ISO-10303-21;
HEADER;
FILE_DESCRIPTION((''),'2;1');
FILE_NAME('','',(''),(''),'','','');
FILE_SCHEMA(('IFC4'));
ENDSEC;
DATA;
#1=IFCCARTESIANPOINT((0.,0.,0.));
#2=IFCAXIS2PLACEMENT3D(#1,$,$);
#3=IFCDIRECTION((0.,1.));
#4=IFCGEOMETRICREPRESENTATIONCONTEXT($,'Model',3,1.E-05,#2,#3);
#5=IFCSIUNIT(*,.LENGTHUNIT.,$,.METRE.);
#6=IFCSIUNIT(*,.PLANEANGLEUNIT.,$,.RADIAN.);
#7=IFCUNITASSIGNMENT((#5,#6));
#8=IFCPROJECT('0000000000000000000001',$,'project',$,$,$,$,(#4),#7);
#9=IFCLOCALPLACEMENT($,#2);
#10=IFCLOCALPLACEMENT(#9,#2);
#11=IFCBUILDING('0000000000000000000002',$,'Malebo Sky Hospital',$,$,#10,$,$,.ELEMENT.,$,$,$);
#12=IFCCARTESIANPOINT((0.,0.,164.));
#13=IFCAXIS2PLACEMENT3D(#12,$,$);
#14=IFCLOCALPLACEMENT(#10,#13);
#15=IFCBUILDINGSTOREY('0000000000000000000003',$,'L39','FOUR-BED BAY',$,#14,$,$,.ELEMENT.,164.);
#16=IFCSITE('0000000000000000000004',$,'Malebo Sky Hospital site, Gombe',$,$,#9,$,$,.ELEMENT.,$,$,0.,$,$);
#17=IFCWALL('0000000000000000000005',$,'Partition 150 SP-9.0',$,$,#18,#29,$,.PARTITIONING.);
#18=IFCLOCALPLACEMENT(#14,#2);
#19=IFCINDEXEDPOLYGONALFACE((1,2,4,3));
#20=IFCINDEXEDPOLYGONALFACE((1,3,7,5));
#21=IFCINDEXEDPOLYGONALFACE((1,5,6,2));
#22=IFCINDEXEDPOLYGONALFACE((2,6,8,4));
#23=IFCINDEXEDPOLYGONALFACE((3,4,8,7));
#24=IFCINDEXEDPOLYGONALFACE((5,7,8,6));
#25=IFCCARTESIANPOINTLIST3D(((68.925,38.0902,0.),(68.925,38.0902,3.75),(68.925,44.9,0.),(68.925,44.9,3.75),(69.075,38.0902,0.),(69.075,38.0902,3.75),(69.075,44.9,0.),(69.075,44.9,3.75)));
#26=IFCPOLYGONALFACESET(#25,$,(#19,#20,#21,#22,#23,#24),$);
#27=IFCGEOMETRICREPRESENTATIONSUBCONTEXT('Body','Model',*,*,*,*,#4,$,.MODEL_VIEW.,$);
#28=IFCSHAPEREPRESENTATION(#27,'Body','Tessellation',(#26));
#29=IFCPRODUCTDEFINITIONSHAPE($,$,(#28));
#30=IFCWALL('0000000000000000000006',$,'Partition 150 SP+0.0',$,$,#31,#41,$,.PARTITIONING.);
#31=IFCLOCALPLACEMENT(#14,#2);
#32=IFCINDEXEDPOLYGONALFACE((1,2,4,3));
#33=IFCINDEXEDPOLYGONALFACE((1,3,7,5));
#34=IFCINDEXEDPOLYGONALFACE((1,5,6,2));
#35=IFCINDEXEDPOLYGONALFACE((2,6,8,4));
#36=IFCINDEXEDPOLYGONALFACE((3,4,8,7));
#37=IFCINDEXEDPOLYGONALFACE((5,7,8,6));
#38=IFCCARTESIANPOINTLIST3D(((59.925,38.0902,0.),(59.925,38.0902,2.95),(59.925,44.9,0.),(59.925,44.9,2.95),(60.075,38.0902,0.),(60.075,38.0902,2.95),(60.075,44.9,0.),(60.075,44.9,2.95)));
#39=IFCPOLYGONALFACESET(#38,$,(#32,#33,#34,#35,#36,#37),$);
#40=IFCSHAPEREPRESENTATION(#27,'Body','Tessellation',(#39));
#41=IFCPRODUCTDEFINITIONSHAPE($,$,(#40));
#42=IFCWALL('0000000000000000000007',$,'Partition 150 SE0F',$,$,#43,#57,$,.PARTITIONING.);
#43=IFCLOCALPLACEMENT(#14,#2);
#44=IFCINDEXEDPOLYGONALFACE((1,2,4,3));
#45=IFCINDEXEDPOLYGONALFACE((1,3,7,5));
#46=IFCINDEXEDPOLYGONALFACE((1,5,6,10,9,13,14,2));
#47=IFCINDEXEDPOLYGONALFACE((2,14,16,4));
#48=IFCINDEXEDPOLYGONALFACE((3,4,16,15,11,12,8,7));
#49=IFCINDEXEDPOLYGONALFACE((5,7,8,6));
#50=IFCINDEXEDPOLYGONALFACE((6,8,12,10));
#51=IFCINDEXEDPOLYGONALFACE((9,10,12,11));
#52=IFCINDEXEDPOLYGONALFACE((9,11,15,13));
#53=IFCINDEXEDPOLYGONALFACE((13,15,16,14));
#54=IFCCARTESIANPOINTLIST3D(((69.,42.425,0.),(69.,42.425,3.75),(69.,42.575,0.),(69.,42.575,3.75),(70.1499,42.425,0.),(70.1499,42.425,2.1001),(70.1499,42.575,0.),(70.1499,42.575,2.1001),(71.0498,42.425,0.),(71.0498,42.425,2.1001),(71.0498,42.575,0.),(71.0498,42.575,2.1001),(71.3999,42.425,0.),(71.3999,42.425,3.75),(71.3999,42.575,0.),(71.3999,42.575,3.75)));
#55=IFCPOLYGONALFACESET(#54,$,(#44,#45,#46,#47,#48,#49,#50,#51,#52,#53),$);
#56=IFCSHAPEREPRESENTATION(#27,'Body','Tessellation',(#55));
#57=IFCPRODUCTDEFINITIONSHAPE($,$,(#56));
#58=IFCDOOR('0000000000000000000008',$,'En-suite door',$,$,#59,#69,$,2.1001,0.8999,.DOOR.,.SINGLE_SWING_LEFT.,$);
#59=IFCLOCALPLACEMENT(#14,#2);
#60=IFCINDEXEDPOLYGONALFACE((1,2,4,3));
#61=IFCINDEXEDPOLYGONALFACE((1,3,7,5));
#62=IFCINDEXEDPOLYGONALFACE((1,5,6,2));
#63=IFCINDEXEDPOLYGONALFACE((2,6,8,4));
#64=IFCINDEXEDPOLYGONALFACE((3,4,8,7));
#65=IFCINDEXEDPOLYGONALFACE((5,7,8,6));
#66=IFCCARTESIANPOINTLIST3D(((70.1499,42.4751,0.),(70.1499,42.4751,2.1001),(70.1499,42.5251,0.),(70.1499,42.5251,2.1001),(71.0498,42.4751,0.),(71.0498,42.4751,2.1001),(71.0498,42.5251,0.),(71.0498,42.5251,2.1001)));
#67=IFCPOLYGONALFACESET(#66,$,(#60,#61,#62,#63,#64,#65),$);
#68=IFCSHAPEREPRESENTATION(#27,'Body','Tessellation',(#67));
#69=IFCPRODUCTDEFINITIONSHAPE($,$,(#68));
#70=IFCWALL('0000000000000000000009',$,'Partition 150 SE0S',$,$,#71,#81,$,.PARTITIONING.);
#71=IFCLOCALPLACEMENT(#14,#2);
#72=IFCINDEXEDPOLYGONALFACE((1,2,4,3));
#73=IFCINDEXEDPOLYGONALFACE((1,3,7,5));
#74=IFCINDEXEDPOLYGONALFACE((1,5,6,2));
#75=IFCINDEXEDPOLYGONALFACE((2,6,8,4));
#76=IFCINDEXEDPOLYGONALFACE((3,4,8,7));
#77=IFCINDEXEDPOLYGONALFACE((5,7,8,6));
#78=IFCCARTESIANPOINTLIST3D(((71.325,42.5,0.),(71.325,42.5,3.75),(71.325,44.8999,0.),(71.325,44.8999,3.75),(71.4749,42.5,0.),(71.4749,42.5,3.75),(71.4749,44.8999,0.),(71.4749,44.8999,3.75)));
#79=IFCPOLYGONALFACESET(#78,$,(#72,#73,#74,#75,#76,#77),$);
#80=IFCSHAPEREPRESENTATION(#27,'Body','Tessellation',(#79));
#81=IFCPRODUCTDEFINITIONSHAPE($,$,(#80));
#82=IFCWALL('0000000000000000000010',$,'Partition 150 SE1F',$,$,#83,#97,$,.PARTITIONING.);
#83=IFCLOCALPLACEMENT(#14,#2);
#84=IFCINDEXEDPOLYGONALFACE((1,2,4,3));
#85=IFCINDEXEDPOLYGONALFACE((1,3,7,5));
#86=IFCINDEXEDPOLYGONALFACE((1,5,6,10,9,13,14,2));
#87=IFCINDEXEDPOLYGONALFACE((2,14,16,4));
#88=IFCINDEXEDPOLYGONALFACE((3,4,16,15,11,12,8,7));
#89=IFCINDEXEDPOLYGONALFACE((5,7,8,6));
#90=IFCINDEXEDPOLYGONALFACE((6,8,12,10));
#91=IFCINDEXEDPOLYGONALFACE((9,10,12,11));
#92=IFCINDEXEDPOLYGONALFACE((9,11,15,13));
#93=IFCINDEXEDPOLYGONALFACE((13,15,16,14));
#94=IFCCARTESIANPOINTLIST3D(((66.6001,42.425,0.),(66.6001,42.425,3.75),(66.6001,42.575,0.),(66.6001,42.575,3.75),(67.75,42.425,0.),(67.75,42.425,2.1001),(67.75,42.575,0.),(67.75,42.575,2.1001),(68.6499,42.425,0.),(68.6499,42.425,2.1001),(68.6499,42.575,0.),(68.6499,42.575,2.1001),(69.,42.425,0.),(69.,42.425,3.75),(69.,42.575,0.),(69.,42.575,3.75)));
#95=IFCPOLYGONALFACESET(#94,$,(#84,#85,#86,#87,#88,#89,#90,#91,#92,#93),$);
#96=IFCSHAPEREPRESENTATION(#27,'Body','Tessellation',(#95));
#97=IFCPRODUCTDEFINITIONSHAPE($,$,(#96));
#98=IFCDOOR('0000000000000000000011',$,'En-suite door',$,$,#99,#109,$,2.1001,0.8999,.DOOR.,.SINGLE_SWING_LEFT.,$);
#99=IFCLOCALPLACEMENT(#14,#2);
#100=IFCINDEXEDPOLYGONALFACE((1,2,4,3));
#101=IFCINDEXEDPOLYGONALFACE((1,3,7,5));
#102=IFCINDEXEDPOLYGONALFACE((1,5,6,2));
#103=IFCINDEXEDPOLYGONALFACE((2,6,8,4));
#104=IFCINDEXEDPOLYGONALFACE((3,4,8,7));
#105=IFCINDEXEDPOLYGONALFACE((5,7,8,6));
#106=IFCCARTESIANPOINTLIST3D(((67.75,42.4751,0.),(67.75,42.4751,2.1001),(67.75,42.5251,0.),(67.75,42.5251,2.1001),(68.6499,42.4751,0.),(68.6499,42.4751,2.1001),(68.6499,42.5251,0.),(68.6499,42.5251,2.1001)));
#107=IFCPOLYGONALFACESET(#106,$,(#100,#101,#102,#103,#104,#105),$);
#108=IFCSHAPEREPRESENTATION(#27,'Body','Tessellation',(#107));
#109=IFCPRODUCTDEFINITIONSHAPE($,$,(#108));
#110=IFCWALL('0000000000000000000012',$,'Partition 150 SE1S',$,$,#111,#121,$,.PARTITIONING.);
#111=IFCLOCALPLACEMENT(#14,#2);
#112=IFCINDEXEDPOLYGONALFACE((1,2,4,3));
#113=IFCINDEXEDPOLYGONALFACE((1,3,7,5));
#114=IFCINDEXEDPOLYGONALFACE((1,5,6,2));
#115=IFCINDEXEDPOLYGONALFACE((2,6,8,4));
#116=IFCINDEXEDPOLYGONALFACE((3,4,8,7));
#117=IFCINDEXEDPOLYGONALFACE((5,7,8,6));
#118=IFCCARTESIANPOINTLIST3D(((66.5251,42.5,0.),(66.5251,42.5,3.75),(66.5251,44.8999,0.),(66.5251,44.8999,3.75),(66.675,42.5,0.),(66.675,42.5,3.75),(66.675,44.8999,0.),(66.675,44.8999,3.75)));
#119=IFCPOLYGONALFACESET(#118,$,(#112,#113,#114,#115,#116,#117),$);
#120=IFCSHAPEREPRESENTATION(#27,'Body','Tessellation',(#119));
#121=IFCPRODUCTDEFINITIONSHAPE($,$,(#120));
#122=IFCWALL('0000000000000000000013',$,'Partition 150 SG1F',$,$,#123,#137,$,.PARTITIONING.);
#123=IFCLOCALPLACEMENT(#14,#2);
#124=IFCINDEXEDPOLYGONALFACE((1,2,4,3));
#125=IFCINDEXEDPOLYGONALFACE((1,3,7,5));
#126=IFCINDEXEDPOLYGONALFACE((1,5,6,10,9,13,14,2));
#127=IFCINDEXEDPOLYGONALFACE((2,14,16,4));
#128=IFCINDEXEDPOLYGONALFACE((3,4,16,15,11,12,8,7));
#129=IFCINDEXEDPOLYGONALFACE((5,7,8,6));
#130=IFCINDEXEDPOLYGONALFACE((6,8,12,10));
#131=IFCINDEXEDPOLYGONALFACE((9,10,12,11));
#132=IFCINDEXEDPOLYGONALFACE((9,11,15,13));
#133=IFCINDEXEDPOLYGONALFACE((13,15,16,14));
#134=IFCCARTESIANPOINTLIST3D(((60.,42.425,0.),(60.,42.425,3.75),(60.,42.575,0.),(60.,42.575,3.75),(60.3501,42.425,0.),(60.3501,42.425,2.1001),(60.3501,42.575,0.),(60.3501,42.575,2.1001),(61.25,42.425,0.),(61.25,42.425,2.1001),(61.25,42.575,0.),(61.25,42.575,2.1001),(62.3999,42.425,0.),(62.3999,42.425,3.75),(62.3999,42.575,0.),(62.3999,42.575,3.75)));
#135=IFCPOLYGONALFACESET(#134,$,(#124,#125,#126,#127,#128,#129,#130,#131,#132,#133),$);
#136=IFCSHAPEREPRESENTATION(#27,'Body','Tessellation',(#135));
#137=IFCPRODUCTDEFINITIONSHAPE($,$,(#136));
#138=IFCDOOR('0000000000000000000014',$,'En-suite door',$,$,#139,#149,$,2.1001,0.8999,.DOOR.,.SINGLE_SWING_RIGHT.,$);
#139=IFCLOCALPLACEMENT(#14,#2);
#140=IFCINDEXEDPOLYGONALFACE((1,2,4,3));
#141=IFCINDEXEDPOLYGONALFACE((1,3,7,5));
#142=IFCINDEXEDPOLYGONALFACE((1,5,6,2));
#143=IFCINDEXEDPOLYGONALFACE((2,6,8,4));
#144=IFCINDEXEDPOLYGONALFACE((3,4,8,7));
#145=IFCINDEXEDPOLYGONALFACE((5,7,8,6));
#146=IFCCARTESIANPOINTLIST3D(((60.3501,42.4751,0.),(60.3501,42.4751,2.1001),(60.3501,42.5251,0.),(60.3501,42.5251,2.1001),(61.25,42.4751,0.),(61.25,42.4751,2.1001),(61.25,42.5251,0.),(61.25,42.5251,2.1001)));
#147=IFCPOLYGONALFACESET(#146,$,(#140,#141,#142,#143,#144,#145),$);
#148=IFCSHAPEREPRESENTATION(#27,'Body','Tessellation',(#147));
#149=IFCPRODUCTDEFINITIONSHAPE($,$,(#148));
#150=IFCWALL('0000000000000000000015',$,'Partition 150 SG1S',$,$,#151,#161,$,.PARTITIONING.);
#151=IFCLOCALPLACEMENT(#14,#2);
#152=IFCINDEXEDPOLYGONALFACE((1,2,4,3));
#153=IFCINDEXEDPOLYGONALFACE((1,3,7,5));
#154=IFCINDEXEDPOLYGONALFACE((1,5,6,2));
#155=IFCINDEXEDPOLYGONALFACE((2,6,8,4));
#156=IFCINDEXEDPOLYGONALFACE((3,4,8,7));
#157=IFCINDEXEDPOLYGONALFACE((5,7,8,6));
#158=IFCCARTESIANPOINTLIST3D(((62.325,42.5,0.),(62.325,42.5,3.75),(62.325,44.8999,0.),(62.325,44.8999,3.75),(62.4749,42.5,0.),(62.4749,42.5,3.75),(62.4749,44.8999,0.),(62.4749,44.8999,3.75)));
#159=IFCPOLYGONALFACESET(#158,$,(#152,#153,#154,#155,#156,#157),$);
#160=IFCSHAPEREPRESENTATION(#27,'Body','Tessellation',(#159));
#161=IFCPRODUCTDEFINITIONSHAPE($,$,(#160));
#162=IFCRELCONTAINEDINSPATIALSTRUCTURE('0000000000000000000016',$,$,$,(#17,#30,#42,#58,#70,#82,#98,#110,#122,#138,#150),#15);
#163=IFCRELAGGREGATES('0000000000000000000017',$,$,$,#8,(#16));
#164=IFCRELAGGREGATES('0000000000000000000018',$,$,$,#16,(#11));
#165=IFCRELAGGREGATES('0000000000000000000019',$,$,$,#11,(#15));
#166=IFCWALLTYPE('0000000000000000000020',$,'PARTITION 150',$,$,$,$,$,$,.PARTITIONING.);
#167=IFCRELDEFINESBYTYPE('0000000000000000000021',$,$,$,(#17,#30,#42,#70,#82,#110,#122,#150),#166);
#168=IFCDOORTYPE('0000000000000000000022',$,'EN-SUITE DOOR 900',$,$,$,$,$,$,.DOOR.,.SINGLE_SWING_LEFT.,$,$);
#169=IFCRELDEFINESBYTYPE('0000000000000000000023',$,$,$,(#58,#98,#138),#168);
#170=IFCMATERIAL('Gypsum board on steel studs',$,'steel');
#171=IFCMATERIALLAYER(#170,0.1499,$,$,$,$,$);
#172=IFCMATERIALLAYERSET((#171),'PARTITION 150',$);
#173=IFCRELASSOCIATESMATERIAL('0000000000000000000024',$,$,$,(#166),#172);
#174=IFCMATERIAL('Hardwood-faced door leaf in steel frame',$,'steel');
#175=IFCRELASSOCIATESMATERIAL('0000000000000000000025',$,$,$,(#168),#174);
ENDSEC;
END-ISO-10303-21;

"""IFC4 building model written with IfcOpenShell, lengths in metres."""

from ifc_helpers import new_model, si_unit, direction, frame, frame_2d, origin, place, context, subcontext, project, spatial, rectangle, extrude, material, layer, layer_set, type_object, element, fill, save


model = new_model("IFC4")

# Units and contexts
model_context = context("Model", 3, precision=1e-05, world=origin(), true_north=direction((0.0, 1.0)))
body_context = subcontext(model_context, "Body", "Model", "MODEL_VIEW")
ifc_project = project(units=[si_unit("LENGTHUNIT", "METRE"), si_unit("PLANEANGLEUNIT", "RADIAN")], contexts=[model_context])

# Site, building, storey
site_placement = place(None, origin())
site = spatial("IfcSite", under=ifc_project, at=site_placement, Name="Malebo Sky Hospital site, Gombe", CompositionType="ELEMENT", RefElevation=0.0)
building_placement = place(site_placement, origin())
building = spatial("IfcBuilding", under=site, at=building_placement, Name="Malebo Sky Hospital", CompositionType="ELEMENT")
storey_placement = place(building_placement, frame((0.0, 0.0, 164.0)))
storey = spatial("IfcBuildingStorey", under=building, at=storey_placement, Name="L39", Description="FOUR-BED BAY", CompositionType="ELEMENT", Elevation=164.0)

# Walls
ifc_material_1 = material(Name="Gypsum board on steel studs", Category="steel")
ifc_layer = layer(ifc_material_1, 0.1499)
ifc_layer_set = layer_set([ifc_layer], Name="PARTITION 150")
wall_type = type_object("IfcWallType", Name="PARTITION 150", PredefinedType="PARTITIONING", material=ifc_layer_set)
wall_1_placement = place(storey_placement, frame((69.0, 44.8999, 0.0), z_axis=(0.0, 0.0, 1.0), x_axis=(0.0, -1.0, 0.0)))
element("IfcWall", 1, at=wall_1_placement, inside=storey, type_object=wall_type, Name="Partition 150 SP-9.0", PredefinedType="PARTITIONING", context=body_context, shape_type="SweptSolid", body=[
    extrude(rectangle(XDim=6.8098, YDim=0.1499, at=frame_2d((3.4048, 0.0))), origin(), (0.0, 0.0, 1.0), 3.75),
])
wall_2_placement = place(storey_placement, frame((60.0, 44.8999, 0.0), z_axis=(0.0, 0.0, 1.0), x_axis=(0.0, -1.0, 0.0)))
element("IfcWall", 2, at=wall_2_placement, inside=storey, type_object=wall_type, Name="Partition 150 SP+0.0", PredefinedType="PARTITIONING", context=body_context, shape_type="SweptSolid", body=[
    extrude(rectangle(XDim=6.8098, YDim=0.1499, at=frame_2d((3.4048, 0.0))), origin(), (0.0, 0.0, 1.0), 2.95),
])

# Wall, opening, door
wall_3_placement = place(storey_placement, frame((71.3999, 42.5, 0.0), z_axis=(0.0, 0.0, 1.0), x_axis=(-1.0, 0.0, 0.0)))
wall_3 = element("IfcWall", 3, at=wall_3_placement, inside=storey, type_object=wall_type, Name="Partition 150 SE0F", PredefinedType="PARTITIONING", context=body_context, shape_type="SweptSolid", body=[
    extrude(rectangle(XDim=2.3999, YDim=0.1499, at=frame_2d((1.2, 0.0))), origin(), (0.0, 0.0, 1.0), 3.75),
])
opening_1_placement = place(wall_3_placement, frame((0.3501, 0.0, 0.0)))
opening_1 = element("IfcOpeningElement", 4, at=opening_1_placement, cuts=wall_3, PredefinedType="OPENING", context=body_context, shape_type="SweptSolid", body=[
    extrude(rectangle(XDim=0.8999, YDim=2.1001, at=frame_2d((0.45, 1.05))), frame((0.0, 0.085, 0.0), z_axis=(0.0, -1.0, 0.0), x_axis=(1.0, 0.0, 0.0)), (0.0, 0.0, 1.0), 0.1699),
])
ifc_material_2 = material(Name="Hardwood-faced door leaf in steel frame", Category="steel")
door_type = type_object("IfcDoorType", Name="EN-SUITE DOOR 900", OperationType="SINGLE_SWING_LEFT", PredefinedType="DOOR", material=ifc_material_2)
door_1_placement = place(opening_1_placement, origin())
door_1 = element("IfcDoor", 5, at=door_1_placement, inside=storey, type_object=door_type, Name="En-suite door", OperationType="SINGLE_SWING_LEFT", OverallHeight=2.1001, OverallWidth=0.8999, PredefinedType="DOOR", context=body_context, shape_type="SweptSolid", body=[
    extrude(rectangle(XDim=0.8999, YDim=2.1001, at=frame_2d((0.45, 1.05))), frame((0.0, 0.0249, 0.0), z_axis=(0.0, -1.0, 0.0), x_axis=(1.0, 0.0, 0.0)), (0.0, 0.0, 1.0), 0.05),
])
fill(opening_1, door_1)

# Wall
wall_4_placement = place(storey_placement, frame((71.3999, 44.8999, 0.0), z_axis=(0.0, 0.0, 1.0), x_axis=(0.0, -1.0, 0.0)))
element("IfcWall", 6, at=wall_4_placement, inside=storey, type_object=wall_type, Name="Partition 150 SE0S", PredefinedType="PARTITIONING", context=body_context, shape_type="SweptSolid", body=[
    extrude(rectangle(XDim=2.3999, YDim=0.1499, at=frame_2d((1.2, 0.0))), origin(), (0.0, 0.0, 1.0), 3.75),
])

# Wall, opening, door
wall_5_placement = place(storey_placement, frame((69.0, 42.5, 0.0), z_axis=(0.0, 0.0, 1.0), x_axis=(-1.0, 0.0, 0.0)))
wall_5 = element("IfcWall", 7, at=wall_5_placement, inside=storey, type_object=wall_type, Name="Partition 150 SE1F", PredefinedType="PARTITIONING", context=body_context, shape_type="SweptSolid", body=[
    extrude(rectangle(XDim=2.3999, YDim=0.1499, at=frame_2d((1.2, 0.0))), origin(), (0.0, 0.0, 1.0), 3.75),
])
opening_2_placement = place(wall_5_placement, frame((0.3501, 0.0, 0.0)))
opening_2 = element("IfcOpeningElement", 8, at=opening_2_placement, cuts=wall_5, PredefinedType="OPENING", context=body_context, shape_type="SweptSolid", body=[
    extrude(rectangle(XDim=0.8999, YDim=2.1001, at=frame_2d((0.45, 1.05))), frame((0.0, 0.085, 0.0), z_axis=(0.0, -1.0, 0.0), x_axis=(1.0, 0.0, 0.0)), (0.0, 0.0, 1.0), 0.1699),
])
door_2_placement = place(opening_2_placement, origin())
door_2 = element("IfcDoor", 9, at=door_2_placement, inside=storey, type_object=door_type, Name="En-suite door", OperationType="SINGLE_SWING_LEFT", OverallHeight=2.1001, OverallWidth=0.8999, PredefinedType="DOOR", context=body_context, shape_type="SweptSolid", body=[
    extrude(rectangle(XDim=0.8999, YDim=2.1001, at=frame_2d((0.45, 1.05))), frame((0.0, 0.0249, 0.0), z_axis=(0.0, -1.0, 0.0), x_axis=(1.0, 0.0, 0.0)), (0.0, 0.0, 1.0), 0.05),
])
fill(opening_2, door_2)

# Wall
wall_6_placement = place(storey_placement, frame((66.6001, 44.8999, 0.0), z_axis=(0.0, 0.0, 1.0), x_axis=(0.0, -1.0, 0.0)))
element("IfcWall", 10, at=wall_6_placement, inside=storey, type_object=wall_type, Name="Partition 150 SE1S", PredefinedType="PARTITIONING", context=body_context, shape_type="SweptSolid", body=[
    extrude(rectangle(XDim=2.3999, YDim=0.1499, at=frame_2d((1.2, 0.0))), origin(), (0.0, 0.0, 1.0), 3.75),
])

# Wall, opening, door
wall_7_placement = place(storey_placement, frame((62.3999, 42.5, 0.0), z_axis=(0.0, 0.0, 1.0), x_axis=(-1.0, 0.0, 0.0)))
wall_7 = element("IfcWall", 11, at=wall_7_placement, inside=storey, type_object=wall_type, Name="Partition 150 SG1F", PredefinedType="PARTITIONING", context=body_context, shape_type="SweptSolid", body=[
    extrude(rectangle(XDim=2.3999, YDim=0.1499, at=frame_2d((1.2, 0.0))), origin(), (0.0, 0.0, 1.0), 3.75),
])
opening_3_placement = place(wall_7_placement, frame((1.1499, 0.0, 0.0)))
opening_3 = element("IfcOpeningElement", 12, at=opening_3_placement, cuts=wall_7, PredefinedType="OPENING", context=body_context, shape_type="SweptSolid", body=[
    extrude(rectangle(XDim=0.8999, YDim=2.1001, at=frame_2d((0.45, 1.05))), frame((0.0, 0.085, 0.0), z_axis=(0.0, -1.0, 0.0), x_axis=(1.0, 0.0, 0.0)), (0.0, 0.0, 1.0), 0.1699),
])
door_3_placement = place(opening_3_placement, origin())
door_3 = element("IfcDoor", 13, at=door_3_placement, inside=storey, type_object=door_type, Name="En-suite door", OperationType="SINGLE_SWING_RIGHT", OverallHeight=2.1001, OverallWidth=0.8999, PredefinedType="DOOR", context=body_context, shape_type="SweptSolid", body=[
    extrude(rectangle(XDim=0.8999, YDim=2.1001, at=frame_2d((0.45, 1.05))), frame((0.0, 0.0249, 0.0), z_axis=(0.0, -1.0, 0.0), x_axis=(1.0, 0.0, 0.0)), (0.0, 0.0, 1.0), 0.05),
])
fill(opening_3, door_3)

# Wall
wall_8_placement = place(storey_placement, frame((62.3999, 44.8999, 0.0), z_axis=(0.0, 0.0, 1.0), x_axis=(0.0, -1.0, 0.0)))
element("IfcWall", 14, at=wall_8_placement, inside=storey, type_object=wall_type, Name="Partition 150 SG1S", PredefinedType="PARTITIONING", context=body_context, shape_type="SweptSolid", body=[
    extrude(rectangle(XDim=2.3999, YDim=0.1499, at=frame_2d((1.2, 0.0))), origin(), (0.0, 0.0, 1.0), 3.75),
])

save(model, "model.ifc")
